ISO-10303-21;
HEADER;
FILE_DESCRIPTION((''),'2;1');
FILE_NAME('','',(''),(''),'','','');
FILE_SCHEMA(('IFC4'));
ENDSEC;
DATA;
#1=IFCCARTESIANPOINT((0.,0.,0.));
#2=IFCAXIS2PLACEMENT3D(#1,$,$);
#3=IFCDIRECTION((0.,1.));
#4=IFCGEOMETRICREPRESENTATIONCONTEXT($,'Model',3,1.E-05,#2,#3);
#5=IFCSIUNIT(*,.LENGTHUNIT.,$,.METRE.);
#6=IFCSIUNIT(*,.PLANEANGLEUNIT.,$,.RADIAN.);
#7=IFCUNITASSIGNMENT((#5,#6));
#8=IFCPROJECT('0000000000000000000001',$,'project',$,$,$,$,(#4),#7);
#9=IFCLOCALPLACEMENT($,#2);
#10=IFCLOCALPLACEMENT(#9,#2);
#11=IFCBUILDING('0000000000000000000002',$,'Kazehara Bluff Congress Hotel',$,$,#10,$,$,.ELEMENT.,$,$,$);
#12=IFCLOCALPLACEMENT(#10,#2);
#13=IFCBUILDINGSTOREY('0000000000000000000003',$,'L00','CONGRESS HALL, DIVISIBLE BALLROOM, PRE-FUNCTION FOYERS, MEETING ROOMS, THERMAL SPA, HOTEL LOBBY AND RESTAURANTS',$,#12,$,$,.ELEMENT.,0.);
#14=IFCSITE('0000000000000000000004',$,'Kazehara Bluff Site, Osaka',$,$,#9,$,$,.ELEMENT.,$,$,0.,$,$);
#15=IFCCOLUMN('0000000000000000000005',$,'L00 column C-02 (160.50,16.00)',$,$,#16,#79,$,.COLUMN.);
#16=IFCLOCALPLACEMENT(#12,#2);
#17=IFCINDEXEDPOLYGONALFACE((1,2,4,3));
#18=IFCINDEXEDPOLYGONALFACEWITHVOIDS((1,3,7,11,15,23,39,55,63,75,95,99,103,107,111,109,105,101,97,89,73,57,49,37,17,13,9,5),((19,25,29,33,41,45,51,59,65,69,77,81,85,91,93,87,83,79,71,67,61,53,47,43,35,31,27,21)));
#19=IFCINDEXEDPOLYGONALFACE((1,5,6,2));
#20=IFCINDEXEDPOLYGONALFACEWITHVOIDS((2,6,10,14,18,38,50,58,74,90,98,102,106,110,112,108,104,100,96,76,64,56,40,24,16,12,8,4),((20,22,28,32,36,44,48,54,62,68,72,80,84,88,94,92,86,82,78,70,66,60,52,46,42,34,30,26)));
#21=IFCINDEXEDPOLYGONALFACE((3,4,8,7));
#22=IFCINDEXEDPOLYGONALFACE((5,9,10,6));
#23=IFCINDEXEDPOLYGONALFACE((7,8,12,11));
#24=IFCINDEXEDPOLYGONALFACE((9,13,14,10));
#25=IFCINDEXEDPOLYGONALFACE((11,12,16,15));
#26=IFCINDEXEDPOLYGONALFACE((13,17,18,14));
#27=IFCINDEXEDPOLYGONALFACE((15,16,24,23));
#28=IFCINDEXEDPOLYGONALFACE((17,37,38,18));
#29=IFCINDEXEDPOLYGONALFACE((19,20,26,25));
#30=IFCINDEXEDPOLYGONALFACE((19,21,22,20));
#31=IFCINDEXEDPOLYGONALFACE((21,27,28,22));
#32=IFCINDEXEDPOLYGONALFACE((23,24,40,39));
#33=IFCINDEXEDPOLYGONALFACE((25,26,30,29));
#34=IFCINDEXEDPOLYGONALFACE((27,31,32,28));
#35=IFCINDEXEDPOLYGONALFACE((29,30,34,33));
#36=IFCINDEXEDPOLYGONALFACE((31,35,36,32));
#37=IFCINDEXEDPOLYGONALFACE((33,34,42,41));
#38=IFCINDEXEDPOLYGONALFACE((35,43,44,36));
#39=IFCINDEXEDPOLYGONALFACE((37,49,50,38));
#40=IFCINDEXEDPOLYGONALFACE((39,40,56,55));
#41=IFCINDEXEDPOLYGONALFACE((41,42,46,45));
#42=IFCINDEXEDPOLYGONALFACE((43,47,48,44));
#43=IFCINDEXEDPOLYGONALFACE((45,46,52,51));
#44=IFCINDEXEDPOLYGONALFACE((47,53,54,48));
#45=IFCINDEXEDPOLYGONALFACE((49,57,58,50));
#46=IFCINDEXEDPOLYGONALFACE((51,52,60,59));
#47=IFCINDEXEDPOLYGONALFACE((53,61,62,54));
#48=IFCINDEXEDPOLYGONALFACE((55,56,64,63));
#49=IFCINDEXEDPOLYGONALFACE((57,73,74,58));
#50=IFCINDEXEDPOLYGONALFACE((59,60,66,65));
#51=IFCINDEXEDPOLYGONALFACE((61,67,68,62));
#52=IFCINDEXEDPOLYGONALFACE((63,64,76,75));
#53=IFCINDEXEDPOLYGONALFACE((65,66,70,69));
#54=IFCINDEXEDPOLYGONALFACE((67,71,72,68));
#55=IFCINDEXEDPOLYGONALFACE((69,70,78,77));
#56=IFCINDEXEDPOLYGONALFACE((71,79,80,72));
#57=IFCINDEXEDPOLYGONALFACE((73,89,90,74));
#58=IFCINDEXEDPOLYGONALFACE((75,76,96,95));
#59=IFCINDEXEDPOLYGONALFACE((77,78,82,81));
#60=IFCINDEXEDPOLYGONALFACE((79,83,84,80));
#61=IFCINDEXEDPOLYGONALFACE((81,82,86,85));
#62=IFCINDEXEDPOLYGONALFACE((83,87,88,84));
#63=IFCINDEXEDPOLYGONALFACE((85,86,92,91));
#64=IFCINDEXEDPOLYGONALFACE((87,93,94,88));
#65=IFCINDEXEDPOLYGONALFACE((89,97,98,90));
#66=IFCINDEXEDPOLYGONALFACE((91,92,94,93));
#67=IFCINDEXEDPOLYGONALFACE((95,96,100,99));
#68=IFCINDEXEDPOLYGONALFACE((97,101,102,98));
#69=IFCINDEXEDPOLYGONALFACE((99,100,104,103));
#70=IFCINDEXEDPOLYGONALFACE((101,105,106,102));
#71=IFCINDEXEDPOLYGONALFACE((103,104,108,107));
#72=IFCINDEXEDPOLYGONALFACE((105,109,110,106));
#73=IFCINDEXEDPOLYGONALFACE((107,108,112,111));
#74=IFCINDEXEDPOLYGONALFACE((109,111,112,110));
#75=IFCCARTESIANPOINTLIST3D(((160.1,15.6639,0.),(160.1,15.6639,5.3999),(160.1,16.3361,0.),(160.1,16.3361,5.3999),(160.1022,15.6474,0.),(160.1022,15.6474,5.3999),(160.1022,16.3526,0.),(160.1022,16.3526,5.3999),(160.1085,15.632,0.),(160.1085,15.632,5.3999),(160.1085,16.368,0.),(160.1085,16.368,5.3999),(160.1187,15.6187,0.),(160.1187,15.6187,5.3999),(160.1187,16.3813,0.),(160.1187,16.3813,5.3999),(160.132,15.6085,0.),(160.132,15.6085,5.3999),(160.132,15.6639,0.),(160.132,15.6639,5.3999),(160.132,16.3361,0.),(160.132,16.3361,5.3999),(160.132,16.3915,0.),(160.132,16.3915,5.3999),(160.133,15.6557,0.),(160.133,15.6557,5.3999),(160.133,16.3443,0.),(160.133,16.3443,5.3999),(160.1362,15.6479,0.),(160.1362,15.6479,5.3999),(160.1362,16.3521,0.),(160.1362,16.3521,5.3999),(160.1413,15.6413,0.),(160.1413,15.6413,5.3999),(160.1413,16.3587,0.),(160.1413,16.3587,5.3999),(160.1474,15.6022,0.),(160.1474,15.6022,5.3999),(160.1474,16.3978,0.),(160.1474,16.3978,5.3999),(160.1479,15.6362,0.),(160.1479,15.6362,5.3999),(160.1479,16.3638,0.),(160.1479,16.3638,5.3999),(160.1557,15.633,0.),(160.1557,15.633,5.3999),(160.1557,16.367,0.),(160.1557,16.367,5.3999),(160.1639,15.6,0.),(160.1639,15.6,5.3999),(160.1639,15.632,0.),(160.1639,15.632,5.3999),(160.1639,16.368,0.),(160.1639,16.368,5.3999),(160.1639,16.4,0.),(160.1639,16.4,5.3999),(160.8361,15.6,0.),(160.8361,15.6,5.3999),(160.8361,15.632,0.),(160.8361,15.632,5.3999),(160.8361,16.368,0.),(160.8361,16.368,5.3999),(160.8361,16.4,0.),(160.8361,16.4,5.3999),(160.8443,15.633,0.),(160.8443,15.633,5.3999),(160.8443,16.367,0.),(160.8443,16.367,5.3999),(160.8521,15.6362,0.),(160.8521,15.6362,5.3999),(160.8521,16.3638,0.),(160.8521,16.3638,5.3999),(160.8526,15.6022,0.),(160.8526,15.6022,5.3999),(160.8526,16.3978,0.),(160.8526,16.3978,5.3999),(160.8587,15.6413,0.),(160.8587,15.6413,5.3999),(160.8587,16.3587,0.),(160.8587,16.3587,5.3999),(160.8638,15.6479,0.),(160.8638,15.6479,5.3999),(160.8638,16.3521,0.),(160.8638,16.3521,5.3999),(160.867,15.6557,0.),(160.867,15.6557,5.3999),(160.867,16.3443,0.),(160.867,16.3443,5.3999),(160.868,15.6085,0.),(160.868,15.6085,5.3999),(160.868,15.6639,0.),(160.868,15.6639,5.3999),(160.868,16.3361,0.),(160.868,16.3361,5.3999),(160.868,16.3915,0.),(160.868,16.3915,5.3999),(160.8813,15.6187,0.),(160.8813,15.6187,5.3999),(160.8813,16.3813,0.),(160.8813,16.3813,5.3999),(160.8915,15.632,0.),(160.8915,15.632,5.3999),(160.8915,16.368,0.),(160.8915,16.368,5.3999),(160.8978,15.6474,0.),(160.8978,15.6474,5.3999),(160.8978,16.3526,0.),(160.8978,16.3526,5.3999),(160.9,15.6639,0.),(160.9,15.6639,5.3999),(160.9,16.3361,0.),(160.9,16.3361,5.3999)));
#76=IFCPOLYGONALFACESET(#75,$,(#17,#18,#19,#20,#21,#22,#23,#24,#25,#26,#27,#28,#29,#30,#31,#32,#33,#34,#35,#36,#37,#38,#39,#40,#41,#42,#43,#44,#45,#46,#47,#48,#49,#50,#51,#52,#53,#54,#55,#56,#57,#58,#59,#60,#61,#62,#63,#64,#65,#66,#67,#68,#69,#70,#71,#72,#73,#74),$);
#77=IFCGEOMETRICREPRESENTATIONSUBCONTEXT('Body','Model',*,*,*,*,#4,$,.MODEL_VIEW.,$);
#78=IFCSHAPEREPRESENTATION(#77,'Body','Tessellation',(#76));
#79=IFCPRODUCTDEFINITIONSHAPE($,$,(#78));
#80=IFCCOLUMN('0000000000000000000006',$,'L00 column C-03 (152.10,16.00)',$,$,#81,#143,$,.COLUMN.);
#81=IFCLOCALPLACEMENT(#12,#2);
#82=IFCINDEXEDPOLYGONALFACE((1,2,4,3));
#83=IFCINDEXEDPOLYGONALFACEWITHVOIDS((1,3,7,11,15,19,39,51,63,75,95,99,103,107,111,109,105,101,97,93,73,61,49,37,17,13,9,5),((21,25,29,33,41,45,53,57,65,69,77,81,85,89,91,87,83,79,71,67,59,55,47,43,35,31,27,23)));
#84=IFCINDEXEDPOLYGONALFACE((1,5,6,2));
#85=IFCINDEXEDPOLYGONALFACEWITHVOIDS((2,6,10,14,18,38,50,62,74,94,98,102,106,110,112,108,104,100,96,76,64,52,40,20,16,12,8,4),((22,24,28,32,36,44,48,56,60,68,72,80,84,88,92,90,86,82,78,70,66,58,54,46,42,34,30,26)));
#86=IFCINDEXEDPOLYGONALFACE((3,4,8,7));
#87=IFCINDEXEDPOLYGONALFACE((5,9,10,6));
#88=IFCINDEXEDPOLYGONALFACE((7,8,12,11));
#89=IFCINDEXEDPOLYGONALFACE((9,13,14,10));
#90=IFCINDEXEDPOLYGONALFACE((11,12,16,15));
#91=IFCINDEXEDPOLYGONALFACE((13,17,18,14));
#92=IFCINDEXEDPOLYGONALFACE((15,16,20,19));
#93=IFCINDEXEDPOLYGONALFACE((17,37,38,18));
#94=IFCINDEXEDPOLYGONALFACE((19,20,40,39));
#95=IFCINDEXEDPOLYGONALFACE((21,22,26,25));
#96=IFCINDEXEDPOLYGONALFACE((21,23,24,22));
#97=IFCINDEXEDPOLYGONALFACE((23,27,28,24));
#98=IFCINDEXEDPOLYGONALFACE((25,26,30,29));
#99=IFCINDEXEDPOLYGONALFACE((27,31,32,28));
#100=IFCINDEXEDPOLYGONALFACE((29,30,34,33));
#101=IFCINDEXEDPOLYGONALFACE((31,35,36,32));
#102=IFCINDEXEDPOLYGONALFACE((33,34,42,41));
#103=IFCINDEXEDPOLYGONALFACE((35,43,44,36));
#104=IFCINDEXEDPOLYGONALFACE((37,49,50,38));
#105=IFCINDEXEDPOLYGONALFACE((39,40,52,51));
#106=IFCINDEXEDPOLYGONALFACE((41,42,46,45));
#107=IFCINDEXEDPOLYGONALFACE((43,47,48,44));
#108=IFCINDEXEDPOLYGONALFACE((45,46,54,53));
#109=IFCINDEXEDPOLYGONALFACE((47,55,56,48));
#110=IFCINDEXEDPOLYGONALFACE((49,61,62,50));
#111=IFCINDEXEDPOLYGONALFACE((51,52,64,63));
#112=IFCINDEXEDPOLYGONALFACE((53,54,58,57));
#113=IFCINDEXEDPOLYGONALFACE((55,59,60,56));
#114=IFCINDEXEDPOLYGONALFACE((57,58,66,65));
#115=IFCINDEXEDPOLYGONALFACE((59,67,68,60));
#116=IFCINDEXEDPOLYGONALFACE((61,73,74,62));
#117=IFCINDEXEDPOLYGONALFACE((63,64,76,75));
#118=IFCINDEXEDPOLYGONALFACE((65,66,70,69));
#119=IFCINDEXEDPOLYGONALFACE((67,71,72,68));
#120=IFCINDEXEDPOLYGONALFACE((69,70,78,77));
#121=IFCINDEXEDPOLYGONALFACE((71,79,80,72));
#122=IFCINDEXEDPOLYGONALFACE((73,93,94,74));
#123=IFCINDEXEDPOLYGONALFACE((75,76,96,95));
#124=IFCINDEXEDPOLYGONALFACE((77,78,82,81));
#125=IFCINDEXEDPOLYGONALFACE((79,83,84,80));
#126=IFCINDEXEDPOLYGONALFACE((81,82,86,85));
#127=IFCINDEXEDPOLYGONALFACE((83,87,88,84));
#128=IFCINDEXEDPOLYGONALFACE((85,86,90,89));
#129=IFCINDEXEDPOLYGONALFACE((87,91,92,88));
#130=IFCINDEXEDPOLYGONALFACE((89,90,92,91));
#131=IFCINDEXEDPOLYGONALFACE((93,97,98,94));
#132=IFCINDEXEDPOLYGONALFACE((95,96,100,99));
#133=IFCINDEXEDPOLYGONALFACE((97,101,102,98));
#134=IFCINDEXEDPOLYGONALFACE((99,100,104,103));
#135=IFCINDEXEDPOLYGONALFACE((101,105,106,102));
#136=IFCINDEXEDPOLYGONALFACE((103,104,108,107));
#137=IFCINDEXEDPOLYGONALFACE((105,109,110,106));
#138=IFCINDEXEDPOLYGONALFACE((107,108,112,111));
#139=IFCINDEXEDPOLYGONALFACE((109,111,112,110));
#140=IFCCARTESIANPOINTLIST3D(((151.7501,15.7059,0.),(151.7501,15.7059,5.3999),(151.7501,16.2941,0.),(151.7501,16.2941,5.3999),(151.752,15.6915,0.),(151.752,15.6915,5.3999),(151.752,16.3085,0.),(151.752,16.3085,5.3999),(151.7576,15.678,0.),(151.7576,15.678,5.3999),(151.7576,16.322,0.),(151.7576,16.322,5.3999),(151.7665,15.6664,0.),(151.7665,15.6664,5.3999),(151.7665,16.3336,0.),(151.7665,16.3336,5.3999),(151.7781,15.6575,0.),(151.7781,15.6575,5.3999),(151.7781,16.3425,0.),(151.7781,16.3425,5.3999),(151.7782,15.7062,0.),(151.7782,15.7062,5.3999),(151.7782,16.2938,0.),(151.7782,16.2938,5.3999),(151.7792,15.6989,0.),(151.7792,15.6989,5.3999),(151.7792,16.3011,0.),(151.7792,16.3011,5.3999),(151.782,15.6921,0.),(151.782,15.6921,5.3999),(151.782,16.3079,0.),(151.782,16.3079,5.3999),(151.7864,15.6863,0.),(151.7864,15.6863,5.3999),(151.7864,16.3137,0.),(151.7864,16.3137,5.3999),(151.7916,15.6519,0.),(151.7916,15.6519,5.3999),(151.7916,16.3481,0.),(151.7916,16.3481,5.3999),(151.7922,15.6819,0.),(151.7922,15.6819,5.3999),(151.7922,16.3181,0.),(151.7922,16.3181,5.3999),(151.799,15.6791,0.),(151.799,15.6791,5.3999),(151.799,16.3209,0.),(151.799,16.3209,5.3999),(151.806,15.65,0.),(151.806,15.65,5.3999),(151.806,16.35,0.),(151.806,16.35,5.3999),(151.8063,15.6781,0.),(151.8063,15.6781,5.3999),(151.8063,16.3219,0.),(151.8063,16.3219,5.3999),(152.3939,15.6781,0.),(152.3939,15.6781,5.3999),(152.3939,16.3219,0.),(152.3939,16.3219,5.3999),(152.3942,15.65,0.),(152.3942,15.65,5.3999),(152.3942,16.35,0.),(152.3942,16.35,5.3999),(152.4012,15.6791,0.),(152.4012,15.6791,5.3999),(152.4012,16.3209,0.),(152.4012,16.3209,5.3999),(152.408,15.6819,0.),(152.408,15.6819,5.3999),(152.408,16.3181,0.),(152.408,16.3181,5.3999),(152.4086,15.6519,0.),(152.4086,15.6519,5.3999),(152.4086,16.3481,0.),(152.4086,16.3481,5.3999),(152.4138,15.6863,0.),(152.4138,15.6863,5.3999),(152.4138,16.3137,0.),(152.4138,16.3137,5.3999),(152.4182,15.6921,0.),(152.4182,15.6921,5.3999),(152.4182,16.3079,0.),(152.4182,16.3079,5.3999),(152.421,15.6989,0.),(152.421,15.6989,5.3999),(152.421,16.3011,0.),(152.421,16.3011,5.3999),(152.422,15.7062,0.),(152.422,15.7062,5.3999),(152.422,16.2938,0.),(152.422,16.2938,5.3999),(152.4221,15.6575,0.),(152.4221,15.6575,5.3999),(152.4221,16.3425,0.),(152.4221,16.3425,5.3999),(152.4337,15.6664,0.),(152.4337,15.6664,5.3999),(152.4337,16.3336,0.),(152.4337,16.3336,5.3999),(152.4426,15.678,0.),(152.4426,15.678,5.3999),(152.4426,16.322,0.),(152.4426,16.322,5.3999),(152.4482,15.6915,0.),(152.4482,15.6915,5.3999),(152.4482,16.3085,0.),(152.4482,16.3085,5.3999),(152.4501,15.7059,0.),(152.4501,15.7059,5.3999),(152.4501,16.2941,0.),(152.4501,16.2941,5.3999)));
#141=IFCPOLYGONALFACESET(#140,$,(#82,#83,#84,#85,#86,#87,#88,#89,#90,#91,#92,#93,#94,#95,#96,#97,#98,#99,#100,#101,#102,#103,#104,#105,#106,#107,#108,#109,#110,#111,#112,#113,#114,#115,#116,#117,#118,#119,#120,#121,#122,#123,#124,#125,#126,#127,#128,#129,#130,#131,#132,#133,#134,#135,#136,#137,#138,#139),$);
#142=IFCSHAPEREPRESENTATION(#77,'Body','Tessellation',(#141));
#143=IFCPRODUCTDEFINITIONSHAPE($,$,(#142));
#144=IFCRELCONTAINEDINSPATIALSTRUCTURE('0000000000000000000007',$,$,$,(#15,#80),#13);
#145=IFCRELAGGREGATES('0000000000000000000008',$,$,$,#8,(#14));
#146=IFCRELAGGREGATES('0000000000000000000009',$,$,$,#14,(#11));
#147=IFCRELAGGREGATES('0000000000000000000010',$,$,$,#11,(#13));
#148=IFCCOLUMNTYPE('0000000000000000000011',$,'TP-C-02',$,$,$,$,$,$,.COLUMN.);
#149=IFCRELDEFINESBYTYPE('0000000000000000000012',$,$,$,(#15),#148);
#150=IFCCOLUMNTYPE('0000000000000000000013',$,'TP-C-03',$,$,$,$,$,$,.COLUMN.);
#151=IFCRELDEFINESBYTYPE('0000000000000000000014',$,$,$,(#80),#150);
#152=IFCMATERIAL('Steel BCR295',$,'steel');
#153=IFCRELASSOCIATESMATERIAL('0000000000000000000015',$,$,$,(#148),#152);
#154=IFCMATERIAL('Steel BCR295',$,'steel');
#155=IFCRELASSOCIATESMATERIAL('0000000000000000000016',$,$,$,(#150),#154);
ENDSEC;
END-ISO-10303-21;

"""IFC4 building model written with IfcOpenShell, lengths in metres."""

from ifc_helpers import new_model, si_unit, direction, frame, origin, origin_2d, place, context, subcontext, project, spatial, hollow_rectangle, extrude, material, material_profile, profile_set, type_object, element, save


model = new_model("IFC4")

# Units and contexts
model_context = context("Model", 3, precision=1e-05, world=origin(), true_north=direction((0.0, 1.0)))
body_context = subcontext(model_context, "Body", "Model", "MODEL_VIEW")
ifc_project = project(units=[si_unit("LENGTHUNIT", "METRE"), si_unit("PLANEANGLEUNIT", "RADIAN")], contexts=[model_context])

# Site, building, storey
site_placement = place(None, origin())
site = spatial("IfcSite", under=ifc_project, at=site_placement, Name="Kazehara Bluff Site, Osaka", CompositionType="ELEMENT", RefElevation=0.0)
building_placement = place(site_placement, origin())
building = spatial("IfcBuilding", under=site, at=building_placement, Name="Kazehara Bluff Congress Hotel", CompositionType="ELEMENT")
storey_placement = place(building_placement, origin())
storey = spatial("IfcBuildingStorey", under=building, at=storey_placement, Name="L00", Description="CONGRESS HALL, DIVISIBLE BALLROOM, PRE-FUNCTION FOYERS, MEETING ROOMS, THERMAL SPA, HOTEL LOBBY AND RESTAURANTS", CompositionType="ELEMENT", Elevation=0.0)

# Columns
ifc_material_1 = material(Name="Steel BCR295", Category="steel")
ifc_material_profile_1 = material_profile(ifc_material_1, hollow_rectangle(XDim=0.8, YDim=0.8, WallThickness=0.032, InnerFilletRadius=0.032, OuterFilletRadius=0.064, at=origin_2d()))
ifc_profile_set_1 = profile_set([ifc_material_profile_1], Name="Steel BCR295")
column_type_1 = type_object("IfcColumnType", Name="TP-C-02", PredefinedType="COLUMN", material=ifc_profile_set_1)
column_placement = place(storey_placement, frame((160.5, 16.0, 0.0), z_axis=(0.0, 0.0, 1.0), x_axis=(1.0, 0.0, 0.0)))
element("IfcColumn", 1, at=column_placement, inside=storey, type_object=column_type_1, Name="L00 column C-02 (160.50,16.00)", PredefinedType="COLUMN", context=body_context, shape_type="SweptSolid", body=[
    extrude(hollow_rectangle(XDim=0.8, YDim=0.8, WallThickness=0.032, InnerFilletRadius=0.032, OuterFilletRadius=0.064, at=origin_2d()), origin(), (0.0, 0.0, 1.0), 5.3999),
])
ifc_material_2 = material(Name="Steel BCR295", Category="steel")
ifc_material_profile_2 = material_profile(ifc_material_2, hollow_rectangle(XDim=0.7, YDim=0.7, WallThickness=0.0281, InnerFilletRadius=0.0281, OuterFilletRadius=0.0559, at=origin_2d()))
ifc_profile_set_2 = profile_set([ifc_material_profile_2], Name="Steel BCR295")
column_type_2 = type_object("IfcColumnType", Name="TP-C-03", PredefinedType="COLUMN", material=ifc_profile_set_2)
for number, where, z_axis, x_axis, name in (
    (2, (152.1001, 16.0, 0.0), (0.0, 0.0, 1.0), (1.0, 0.0, 0.0), "L00 column C-03 (152.10,16.00)"),
):
    element("IfcColumn", number, at=place(storey_placement, frame(where, z_axis=z_axis, x_axis=x_axis)), inside=storey, type_object=column_type_2, Name=name, PredefinedType="COLUMN", context=body_context, shape_type="SweptSolid", body=[
        extrude(hollow_rectangle(XDim=0.7, YDim=0.7, WallThickness=0.0281, InnerFilletRadius=0.0281, OuterFilletRadius=0.0559, at=origin_2d()), origin(), (0.0, 0.0, 1.0), 5.3999),
    ])

save(model, "model.ifc")
